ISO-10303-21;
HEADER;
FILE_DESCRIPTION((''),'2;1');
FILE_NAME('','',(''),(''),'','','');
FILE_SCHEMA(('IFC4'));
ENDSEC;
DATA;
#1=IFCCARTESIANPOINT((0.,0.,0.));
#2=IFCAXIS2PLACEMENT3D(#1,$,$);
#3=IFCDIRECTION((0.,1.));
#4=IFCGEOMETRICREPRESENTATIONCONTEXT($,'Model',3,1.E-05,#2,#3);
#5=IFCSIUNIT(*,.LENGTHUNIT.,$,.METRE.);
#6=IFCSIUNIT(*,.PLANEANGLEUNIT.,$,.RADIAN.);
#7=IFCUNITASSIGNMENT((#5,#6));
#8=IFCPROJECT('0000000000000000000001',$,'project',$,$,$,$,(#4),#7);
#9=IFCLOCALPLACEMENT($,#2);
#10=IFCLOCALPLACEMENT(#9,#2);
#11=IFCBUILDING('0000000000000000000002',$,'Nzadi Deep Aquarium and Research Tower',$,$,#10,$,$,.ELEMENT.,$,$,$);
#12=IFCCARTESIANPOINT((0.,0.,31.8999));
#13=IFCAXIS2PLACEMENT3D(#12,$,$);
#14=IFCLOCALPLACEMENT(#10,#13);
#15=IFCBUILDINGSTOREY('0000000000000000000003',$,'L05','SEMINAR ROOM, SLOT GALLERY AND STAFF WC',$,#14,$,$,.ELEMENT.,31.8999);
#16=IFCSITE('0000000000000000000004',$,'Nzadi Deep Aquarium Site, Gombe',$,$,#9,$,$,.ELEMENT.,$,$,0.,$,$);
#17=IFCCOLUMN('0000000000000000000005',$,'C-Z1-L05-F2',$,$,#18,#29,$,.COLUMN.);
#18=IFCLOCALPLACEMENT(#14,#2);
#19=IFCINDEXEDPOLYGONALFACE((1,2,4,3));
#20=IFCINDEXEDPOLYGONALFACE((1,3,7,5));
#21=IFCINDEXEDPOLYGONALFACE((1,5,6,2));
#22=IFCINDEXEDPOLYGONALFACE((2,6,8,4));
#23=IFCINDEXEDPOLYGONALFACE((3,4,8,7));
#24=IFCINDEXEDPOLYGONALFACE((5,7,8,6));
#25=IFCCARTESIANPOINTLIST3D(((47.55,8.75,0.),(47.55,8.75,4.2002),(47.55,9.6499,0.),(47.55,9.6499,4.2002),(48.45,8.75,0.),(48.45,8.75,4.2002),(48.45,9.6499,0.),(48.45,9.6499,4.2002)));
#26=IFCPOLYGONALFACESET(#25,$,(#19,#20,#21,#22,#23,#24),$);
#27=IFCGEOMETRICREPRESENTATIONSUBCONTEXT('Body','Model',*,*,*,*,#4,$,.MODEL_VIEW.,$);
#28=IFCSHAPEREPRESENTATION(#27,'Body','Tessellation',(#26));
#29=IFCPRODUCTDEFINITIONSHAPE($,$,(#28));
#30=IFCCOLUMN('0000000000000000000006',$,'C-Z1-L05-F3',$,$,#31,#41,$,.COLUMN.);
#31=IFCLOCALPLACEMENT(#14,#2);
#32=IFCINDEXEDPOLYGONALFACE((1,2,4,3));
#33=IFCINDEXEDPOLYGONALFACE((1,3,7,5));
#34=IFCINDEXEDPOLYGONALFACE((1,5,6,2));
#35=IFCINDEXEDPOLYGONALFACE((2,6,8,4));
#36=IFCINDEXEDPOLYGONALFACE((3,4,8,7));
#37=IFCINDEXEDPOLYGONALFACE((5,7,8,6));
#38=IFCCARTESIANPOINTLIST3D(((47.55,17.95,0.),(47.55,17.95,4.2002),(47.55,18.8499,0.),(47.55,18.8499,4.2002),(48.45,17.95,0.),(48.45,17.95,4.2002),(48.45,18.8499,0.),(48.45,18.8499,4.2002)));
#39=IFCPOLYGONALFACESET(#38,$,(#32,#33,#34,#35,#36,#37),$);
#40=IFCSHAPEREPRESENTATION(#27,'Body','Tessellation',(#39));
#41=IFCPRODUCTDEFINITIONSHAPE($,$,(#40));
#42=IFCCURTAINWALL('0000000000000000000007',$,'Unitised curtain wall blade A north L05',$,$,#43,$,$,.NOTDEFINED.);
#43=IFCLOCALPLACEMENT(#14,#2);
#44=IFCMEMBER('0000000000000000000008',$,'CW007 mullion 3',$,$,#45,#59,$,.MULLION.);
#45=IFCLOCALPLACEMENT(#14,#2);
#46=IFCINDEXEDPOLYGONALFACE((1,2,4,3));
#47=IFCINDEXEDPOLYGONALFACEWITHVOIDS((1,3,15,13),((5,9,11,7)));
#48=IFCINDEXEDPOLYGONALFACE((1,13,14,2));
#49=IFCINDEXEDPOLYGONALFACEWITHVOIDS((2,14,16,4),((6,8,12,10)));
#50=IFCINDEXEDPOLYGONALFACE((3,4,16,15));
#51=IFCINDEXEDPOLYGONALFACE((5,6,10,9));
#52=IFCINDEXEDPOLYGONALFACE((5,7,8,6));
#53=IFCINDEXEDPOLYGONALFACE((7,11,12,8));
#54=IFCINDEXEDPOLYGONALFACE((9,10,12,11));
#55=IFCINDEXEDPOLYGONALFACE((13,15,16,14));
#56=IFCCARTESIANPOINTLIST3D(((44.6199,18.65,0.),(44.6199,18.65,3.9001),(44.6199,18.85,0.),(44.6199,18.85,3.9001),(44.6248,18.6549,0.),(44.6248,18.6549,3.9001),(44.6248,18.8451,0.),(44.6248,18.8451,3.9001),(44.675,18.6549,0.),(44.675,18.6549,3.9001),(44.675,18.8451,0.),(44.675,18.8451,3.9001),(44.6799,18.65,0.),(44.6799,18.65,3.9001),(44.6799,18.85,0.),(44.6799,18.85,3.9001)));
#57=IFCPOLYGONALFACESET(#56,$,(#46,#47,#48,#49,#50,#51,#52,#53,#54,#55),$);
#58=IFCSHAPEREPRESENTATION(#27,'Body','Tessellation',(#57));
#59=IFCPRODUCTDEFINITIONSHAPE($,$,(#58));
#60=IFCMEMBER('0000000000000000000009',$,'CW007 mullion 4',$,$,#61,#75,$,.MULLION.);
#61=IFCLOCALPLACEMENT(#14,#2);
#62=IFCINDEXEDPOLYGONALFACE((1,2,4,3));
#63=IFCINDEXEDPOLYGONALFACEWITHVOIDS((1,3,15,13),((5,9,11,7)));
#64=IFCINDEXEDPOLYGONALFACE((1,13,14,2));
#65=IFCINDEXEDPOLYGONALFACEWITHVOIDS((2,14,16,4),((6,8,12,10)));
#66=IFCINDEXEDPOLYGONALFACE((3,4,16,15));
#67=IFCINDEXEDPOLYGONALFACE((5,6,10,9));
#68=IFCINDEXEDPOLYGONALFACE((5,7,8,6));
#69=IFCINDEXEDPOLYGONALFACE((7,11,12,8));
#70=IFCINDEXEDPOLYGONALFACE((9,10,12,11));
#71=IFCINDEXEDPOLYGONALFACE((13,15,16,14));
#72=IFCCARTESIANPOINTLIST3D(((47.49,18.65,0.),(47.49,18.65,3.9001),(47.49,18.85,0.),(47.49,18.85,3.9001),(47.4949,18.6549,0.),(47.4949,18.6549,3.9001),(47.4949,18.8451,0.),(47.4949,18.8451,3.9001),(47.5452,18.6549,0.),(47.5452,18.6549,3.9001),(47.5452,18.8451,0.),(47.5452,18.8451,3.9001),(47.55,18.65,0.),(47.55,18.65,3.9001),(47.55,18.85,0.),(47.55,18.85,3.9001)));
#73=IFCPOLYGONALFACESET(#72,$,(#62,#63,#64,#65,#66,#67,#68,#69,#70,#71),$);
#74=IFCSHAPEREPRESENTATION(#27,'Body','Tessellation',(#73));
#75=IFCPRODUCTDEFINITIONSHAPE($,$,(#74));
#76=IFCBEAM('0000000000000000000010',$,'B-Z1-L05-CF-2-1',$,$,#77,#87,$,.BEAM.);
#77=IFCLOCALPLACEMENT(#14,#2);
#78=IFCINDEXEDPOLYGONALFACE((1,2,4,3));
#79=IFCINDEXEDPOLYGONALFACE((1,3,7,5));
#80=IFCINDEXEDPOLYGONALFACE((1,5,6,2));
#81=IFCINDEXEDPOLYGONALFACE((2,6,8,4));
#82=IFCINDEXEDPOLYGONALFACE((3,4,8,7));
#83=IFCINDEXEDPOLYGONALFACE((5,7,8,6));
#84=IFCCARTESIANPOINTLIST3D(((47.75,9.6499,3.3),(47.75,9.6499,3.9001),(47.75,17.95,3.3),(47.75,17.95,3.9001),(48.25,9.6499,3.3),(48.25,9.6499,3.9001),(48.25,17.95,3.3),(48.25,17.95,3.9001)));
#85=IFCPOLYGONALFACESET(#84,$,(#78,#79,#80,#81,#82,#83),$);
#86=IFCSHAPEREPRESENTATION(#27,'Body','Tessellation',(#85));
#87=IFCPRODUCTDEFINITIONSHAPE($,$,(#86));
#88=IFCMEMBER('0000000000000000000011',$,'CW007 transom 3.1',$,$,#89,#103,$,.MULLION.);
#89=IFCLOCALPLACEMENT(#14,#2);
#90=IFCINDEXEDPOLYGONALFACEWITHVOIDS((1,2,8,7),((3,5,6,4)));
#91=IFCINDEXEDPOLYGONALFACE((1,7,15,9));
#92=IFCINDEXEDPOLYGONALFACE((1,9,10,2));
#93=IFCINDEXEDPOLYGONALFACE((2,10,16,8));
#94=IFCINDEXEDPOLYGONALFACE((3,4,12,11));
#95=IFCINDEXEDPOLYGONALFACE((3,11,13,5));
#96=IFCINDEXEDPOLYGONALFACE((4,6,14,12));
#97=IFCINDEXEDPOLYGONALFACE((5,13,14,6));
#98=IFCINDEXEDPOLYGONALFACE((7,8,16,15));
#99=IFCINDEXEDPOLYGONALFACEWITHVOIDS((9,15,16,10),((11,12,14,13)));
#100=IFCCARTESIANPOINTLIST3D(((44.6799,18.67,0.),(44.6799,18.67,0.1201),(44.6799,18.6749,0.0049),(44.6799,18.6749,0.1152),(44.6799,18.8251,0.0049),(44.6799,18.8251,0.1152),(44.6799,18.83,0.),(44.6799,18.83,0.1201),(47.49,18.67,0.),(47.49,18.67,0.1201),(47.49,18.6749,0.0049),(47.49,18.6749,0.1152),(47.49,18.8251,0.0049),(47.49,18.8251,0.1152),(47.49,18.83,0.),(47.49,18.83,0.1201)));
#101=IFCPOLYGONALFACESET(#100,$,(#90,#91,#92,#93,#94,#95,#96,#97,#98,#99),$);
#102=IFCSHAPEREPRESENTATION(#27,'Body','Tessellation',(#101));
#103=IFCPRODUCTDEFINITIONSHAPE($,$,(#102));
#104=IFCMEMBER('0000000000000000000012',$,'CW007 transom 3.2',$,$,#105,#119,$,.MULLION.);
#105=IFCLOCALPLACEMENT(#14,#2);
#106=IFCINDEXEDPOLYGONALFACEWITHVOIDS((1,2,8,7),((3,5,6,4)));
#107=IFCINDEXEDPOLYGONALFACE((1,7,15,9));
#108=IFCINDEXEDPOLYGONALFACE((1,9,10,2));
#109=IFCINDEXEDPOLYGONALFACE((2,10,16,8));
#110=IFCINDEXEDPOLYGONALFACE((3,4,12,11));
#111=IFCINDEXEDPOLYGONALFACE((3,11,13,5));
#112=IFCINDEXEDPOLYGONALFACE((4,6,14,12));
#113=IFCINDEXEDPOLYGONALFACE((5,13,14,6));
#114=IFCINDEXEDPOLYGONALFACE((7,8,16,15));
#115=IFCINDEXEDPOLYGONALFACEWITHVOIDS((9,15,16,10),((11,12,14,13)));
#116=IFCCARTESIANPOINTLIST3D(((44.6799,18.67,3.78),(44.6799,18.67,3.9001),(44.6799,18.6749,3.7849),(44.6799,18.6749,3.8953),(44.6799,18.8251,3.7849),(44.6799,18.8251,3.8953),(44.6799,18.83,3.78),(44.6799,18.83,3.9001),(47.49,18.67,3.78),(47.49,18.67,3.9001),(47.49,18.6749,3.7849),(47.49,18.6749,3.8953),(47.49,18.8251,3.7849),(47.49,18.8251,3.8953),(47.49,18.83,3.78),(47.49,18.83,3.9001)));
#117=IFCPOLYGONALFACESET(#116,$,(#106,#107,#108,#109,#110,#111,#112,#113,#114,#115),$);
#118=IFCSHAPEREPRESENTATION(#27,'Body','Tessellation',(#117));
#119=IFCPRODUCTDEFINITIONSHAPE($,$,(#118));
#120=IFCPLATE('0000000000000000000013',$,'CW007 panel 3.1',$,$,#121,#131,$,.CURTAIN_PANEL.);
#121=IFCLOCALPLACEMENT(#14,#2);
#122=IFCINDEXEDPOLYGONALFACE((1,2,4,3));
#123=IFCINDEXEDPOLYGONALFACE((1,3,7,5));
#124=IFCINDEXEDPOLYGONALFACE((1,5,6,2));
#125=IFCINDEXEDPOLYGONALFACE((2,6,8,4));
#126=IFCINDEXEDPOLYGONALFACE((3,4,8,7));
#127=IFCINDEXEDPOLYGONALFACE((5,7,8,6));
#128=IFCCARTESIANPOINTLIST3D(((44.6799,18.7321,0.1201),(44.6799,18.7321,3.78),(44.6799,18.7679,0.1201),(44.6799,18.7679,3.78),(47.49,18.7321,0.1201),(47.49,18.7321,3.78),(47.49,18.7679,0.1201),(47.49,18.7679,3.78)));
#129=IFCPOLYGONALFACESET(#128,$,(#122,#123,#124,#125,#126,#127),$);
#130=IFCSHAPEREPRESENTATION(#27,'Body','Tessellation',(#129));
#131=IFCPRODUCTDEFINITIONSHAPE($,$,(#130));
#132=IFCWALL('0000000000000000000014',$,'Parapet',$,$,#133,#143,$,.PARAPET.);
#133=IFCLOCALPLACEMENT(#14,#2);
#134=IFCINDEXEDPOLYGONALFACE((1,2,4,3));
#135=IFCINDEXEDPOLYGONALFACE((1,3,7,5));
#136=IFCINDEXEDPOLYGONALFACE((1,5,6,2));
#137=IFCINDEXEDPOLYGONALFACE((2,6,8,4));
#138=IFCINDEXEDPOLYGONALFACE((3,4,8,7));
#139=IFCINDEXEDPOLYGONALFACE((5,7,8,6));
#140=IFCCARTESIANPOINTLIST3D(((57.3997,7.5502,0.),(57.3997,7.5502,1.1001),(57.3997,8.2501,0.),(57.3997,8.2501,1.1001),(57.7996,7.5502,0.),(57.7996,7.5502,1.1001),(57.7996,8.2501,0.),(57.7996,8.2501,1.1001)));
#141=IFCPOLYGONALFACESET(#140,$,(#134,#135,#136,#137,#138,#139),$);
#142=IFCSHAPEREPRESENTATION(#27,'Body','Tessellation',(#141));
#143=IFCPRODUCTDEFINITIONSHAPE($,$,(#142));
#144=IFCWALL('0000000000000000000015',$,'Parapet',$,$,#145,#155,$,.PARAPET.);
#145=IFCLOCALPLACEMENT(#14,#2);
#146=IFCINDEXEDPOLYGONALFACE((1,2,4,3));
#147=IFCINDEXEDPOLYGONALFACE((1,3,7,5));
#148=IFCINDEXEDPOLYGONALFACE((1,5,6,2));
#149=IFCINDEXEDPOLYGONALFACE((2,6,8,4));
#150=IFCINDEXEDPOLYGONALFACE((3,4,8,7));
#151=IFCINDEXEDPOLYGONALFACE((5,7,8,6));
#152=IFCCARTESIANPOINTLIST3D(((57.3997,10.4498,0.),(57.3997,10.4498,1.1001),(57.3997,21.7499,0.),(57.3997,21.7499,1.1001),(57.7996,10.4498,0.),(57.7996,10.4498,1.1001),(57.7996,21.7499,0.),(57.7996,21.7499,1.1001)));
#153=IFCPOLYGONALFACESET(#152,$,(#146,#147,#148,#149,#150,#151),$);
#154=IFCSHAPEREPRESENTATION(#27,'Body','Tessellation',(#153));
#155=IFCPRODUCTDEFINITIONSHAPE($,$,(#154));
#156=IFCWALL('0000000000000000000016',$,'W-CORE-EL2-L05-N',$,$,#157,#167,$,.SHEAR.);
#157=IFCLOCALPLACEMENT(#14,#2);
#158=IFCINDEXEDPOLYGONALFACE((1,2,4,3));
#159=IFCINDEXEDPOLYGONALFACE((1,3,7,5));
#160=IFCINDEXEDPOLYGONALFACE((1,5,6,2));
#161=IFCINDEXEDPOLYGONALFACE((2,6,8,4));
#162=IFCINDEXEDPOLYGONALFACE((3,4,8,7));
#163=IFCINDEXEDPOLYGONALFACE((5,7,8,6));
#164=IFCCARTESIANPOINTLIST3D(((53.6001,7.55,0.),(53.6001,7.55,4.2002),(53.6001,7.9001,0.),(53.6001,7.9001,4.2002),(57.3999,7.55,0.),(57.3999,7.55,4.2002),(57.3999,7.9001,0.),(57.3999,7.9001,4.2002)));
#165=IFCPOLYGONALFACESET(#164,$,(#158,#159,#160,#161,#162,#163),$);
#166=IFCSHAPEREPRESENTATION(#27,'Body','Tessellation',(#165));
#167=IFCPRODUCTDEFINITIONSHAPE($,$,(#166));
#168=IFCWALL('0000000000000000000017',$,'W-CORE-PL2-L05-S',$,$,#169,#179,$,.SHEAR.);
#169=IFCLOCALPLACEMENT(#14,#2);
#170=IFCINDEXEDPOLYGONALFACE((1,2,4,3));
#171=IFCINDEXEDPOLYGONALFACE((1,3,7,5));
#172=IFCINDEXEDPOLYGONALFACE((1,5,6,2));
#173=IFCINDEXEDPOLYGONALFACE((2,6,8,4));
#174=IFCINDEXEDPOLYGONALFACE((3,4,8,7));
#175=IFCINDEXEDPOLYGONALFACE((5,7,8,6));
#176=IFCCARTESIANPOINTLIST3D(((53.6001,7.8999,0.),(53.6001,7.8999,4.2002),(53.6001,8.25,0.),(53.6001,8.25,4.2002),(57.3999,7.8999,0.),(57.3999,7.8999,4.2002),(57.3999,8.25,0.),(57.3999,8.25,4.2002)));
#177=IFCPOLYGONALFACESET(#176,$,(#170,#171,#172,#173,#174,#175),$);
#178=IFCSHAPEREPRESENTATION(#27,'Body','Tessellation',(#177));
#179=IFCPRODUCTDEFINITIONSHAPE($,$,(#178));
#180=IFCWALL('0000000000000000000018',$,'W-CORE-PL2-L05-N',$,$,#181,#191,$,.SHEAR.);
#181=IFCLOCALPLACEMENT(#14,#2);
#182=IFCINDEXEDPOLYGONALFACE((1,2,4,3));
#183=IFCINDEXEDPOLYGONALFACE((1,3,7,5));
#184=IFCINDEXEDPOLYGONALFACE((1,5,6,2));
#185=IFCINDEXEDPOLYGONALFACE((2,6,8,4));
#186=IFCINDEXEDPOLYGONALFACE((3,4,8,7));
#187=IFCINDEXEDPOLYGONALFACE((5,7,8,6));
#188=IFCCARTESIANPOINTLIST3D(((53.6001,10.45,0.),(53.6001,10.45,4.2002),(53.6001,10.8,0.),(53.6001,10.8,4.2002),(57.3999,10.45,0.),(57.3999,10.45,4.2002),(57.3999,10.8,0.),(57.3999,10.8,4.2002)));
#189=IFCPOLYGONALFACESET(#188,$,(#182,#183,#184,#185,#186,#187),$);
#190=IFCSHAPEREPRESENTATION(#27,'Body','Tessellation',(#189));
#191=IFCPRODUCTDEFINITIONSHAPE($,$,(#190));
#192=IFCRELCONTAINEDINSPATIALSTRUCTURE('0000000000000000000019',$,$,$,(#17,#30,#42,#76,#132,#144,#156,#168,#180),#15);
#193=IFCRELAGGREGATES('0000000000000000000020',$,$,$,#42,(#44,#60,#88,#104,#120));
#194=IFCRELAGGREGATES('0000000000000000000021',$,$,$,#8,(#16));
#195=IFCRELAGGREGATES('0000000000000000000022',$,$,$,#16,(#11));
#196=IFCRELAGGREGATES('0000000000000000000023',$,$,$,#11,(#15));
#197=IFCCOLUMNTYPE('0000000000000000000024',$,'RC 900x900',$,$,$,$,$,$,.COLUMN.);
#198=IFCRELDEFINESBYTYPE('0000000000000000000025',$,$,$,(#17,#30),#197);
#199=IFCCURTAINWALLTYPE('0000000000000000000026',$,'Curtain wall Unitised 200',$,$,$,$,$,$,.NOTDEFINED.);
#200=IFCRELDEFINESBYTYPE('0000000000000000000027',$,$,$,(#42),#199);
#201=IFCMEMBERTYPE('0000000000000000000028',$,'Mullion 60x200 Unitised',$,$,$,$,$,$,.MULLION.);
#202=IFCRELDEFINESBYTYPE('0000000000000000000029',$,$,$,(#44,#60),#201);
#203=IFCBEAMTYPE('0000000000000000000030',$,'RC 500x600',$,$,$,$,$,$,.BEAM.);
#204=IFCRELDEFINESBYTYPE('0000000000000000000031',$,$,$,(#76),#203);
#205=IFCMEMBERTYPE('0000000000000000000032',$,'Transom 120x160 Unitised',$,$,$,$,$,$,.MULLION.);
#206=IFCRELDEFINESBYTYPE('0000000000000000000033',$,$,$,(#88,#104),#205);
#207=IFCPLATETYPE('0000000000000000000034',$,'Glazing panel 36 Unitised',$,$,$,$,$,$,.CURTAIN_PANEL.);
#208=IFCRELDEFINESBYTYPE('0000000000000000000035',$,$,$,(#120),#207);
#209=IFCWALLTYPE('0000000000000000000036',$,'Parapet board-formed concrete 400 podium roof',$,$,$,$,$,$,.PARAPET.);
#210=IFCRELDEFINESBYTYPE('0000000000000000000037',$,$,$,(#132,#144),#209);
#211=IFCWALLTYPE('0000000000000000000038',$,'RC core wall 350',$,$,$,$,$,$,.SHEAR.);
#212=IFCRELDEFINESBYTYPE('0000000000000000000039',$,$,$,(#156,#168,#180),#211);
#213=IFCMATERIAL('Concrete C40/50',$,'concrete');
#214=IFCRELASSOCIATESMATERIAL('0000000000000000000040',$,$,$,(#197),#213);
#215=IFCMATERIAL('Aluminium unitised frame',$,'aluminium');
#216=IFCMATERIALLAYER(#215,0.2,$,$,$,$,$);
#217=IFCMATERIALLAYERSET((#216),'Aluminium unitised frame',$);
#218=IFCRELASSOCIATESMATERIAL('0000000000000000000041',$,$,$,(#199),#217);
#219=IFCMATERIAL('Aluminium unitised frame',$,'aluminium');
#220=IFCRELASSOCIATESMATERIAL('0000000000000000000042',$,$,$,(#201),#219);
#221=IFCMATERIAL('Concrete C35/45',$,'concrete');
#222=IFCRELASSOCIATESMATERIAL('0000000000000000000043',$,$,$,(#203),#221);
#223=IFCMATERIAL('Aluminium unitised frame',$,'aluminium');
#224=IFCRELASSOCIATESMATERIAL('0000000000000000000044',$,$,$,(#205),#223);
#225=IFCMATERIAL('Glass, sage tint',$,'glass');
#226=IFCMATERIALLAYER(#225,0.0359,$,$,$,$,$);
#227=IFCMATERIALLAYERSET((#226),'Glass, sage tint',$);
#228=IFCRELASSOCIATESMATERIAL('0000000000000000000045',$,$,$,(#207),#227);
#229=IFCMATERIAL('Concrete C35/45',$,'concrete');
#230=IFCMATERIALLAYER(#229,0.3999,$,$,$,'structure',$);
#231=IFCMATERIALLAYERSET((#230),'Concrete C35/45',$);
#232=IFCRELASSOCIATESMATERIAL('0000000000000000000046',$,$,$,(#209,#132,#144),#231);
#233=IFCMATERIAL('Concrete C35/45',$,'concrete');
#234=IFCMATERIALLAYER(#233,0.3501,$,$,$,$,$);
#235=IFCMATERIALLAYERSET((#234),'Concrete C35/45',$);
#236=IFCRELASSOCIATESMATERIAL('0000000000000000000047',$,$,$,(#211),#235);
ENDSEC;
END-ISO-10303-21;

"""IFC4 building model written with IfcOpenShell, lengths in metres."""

from ifc_helpers import new_model, si_unit, direction, frame, frame_2d, origin, origin_2d, place, context, subcontext, project, spatial, rectangle, hollow_rectangle, extrude, material, layer, layer_set, layer_usage, material_profile, profile_set, type_object, element, aggregate, save


model = new_model("IFC4")

# Units and contexts
model_context = context("Model", 3, precision=1e-05, world=origin(), true_north=direction((0.0, 1.0)))
body_context = subcontext(model_context, "Body", "Model", "MODEL_VIEW")
ifc_project = project(units=[si_unit("LENGTHUNIT", "METRE"), si_unit("PLANEANGLEUNIT", "RADIAN")], contexts=[model_context])

# Site, building, storey
site_placement = place(None, origin())
site = spatial("IfcSite", under=ifc_project, at=site_placement, Name="Nzadi Deep Aquarium Site, Gombe", CompositionType="ELEMENT", RefElevation=0.0)
building_placement = place(site_placement, origin())
building = spatial("IfcBuilding", under=site, at=building_placement, Name="Nzadi Deep Aquarium and Research Tower", CompositionType="ELEMENT")
storey_placement = place(building_placement, frame((0.0, 0.0, 31.8999)))
storey = spatial("IfcBuildingStorey", under=building, at=storey_placement, Name="L05", Description="SEMINAR ROOM, SLOT GALLERY AND STAFF WC", CompositionType="ELEMENT", Elevation=31.8999)

# Columns
ifc_material_1 = material(Name="Concrete C40/50", Category="concrete")
ifc_material_profile_1 = material_profile(ifc_material_1, rectangle(XDim=0.8999, YDim=0.8999, at=origin_2d()))
ifc_profile_set_1 = profile_set([ifc_material_profile_1], Name="Concrete C40/50")
column_type = type_object("IfcColumnType", Name="RC 900x900", PredefinedType="COLUMN", material=ifc_profile_set_1)
for number, where, z_axis, x_axis, name in (
    (1, (48.0, 9.2, 0.0), (0.0, 0.0, 1.0), (1.0, 0.0, 0.0), "C-Z1-L05-F2"),
    (2, (48.0, 18.3999, 0.0), (0.0, 0.0, 1.0), (1.0, 0.0, 0.0), "C-Z1-L05-F3"),
):
    element("IfcColumn", number, at=place(storey_placement, frame(where, z_axis=z_axis, x_axis=x_axis)), inside=storey, type_object=column_type, Name=name, PredefinedType="COLUMN", context=body_context, shape_type="SweptSolid", body=[
        extrude(rectangle(XDim=0.8999, YDim=0.8999, at=origin_2d()), origin(), (0.0, 0.0, 1.0), 4.2002),
    ])

# Curtain wall, members
ifc_material_2 = material(Name="Aluminium unitised frame", Category="aluminium")
ifc_layer_1 = layer(ifc_material_2, 0.2)
ifc_layer_set_1 = layer_set([ifc_layer_1], Name="Aluminium unitised frame")
curtain_wall_type = type_object("IfcCurtainWallType", Name="Curtain wall Unitised 200", PredefinedType="NOTDEFINED", material=ifc_layer_set_1)
curtain_wall_placement = place(storey_placement, origin())
curtain_wall = element("IfcCurtainWall", 3, at=curtain_wall_placement, inside=storey, type_object=curtain_wall_type, Name="Unitised curtain wall blade A north L05", PredefinedType="NOTDEFINED")
ifc_material_3 = material(Name="Aluminium unitised frame", Category="aluminium")
ifc_material_profile_2 = material_profile(ifc_material_3, hollow_rectangle(XDim=0.2, YDim=0.0601, WallThickness=0.0049, at=origin_2d()))
ifc_profile_set_2 = profile_set([ifc_material_profile_2], Name="Aluminium unitised frame")
member_type_1 = type_object("IfcMemberType", Name="Mullion 60x200 Unitised", PredefinedType="MULLION", material=ifc_profile_set_2)
member_1_placement = place(storey_placement, frame((44.6499, 18.75, 0.0), z_axis=(0.0, 0.0, 1.0), x_axis=(0.0, 1.0, 0.0)))
member_1 = element("IfcMember", 4, at=member_1_placement, type_object=member_type_1, Name="CW007 mullion 3", PredefinedType="MULLION", context=body_context, shape_type="SweptSolid", body=[
    extrude(hollow_rectangle(XDim=0.2, YDim=0.0601, WallThickness=0.0049, at=origin_2d()), origin(), (0.0, 0.0, 1.0), 3.9001),
])
member_2_placement = place(storey_placement, frame((47.52, 18.75, 0.0), z_axis=(0.0, 0.0, 1.0), x_axis=(0.0, 1.0, 0.0)))
member_2 = element("IfcMember", 5, at=member_2_placement, type_object=member_type_1, Name="CW007 mullion 4", PredefinedType="MULLION", context=body_context, shape_type="SweptSolid", body=[
    extrude(hollow_rectangle(XDim=0.2, YDim=0.0601, WallThickness=0.0049, at=origin_2d()), origin(), (0.0, 0.0, 1.0), 3.9001),
])

# Beam
ifc_material_4 = material(Name="Concrete C35/45", Category="concrete")
ifc_material_profile_3 = material_profile(ifc_material_4, rectangle(XDim=0.5, YDim=0.6001, at=origin_2d()))
ifc_profile_set_3 = profile_set([ifc_material_profile_3], Name="Concrete C35/45")
beam_type = type_object("IfcBeamType", Name="RC 500x600", PredefinedType="BEAM", material=ifc_profile_set_3)
beam_placement = place(storey_placement, frame((48.0, 9.6499, 3.6001), z_axis=(0.0, 1.0, 0.0), x_axis=(-1.0, 0.0, 0.0)))
element("IfcBeam", 6, at=beam_placement, inside=storey, type_object=beam_type, Name="B-Z1-L05-CF-2-1", PredefinedType="BEAM", context=body_context, shape_type="SweptSolid", body=[
    extrude(rectangle(XDim=0.5, YDim=0.6001, at=origin_2d()), origin(), (0.0, 0.0, 1.0), 8.3),
])

# Members
ifc_material_5 = material(Name="Aluminium unitised frame", Category="aluminium")
ifc_material_profile_4 = material_profile(ifc_material_5, hollow_rectangle(XDim=0.1599, YDim=0.1201, WallThickness=0.0049, at=origin_2d()))
ifc_profile_set_4 = profile_set([ifc_material_profile_4], Name="Aluminium unitised frame")
member_type_2 = type_object("IfcMemberType", Name="Transom 120x160 Unitised", PredefinedType="MULLION", material=ifc_profile_set_4)
member_3_placement = place(storey_placement, frame((44.6799, 18.75, 0.0601), z_axis=(1.0, 0.0, 0.0), x_axis=(0.0, 1.0, 0.0)))
member_3 = element("IfcMember", 7, at=member_3_placement, type_object=member_type_2, Name="CW007 transom 3.1", PredefinedType="MULLION", context=body_context, shape_type="SweptSolid", body=[
    extrude(hollow_rectangle(XDim=0.1599, YDim=0.1201, WallThickness=0.0049, at=origin_2d()), origin(), (0.0, 0.0, 1.0), 2.8101),
])
member_4_placement = place(storey_placement, frame((44.6799, 18.75, 3.8401), z_axis=(1.0, 0.0, 0.0), x_axis=(0.0, 1.0, 0.0)))
member_4 = element("IfcMember", 8, at=member_4_placement, type_object=member_type_2, Name="CW007 transom 3.2", PredefinedType="MULLION", context=body_context, shape_type="SweptSolid", body=[
    extrude(hollow_rectangle(XDim=0.1599, YDim=0.1201, WallThickness=0.0049, at=origin_2d()), origin(), (0.0, 0.0, 1.0), 2.8101),
])

# Plate
ifc_material_6 = material(Name="Glass, sage tint", Category="glass")
ifc_layer_2 = layer(ifc_material_6, 0.0359)
ifc_layer_set_2 = layer_set([ifc_layer_2], Name="Glass, sage tint")
plate_type = type_object("IfcPlateType", Name="Glazing panel 36 Unitised", PredefinedType="CURTAIN_PANEL", material=ifc_layer_set_2)
plate_placement = place(storey_placement, frame((46.085, 18.75, 0.1201), z_axis=(0.0, 0.0, 1.0), x_axis=(1.0, 0.0, 0.0)))
plate = element("IfcPlate", 9, at=plate_placement, type_object=plate_type, Name="CW007 panel 3.1", PredefinedType="CURTAIN_PANEL", context=body_context, shape_type="SweptSolid", body=[
    extrude(rectangle(XDim=2.8101, YDim=0.0359, at=origin_2d()), origin(), (0.0, 0.0, 1.0), 3.6599),
])
aggregate(curtain_wall, [member_1, member_2, member_3, member_4, plate])

# Shared definitions
ifc_material_7 = material(Name="Concrete C35/45", Category="concrete")

# Walls
ifc_layer_3 = layer(ifc_material_7, 0.3999, Category="structure")
ifc_layer_set_3 = layer_set([ifc_layer_3], Name="Concrete C35/45")
ifc_layer_usage_1 = layer_usage(ifc_layer_set_3, "AXIS2", "POSITIVE", -0.2)
wall_type_1 = type_object("IfcWallType", Name="Parapet board-formed concrete 400 podium roof", PredefinedType="PARAPET", material=ifc_layer_set_3)
wall_1_placement = place(storey_placement, frame((57.5996, 7.55, 0.0), z_axis=(0.0, 0.0, 1.0), x_axis=(0.0, 1.0, 0.0)))
element("IfcWall", 10, at=wall_1_placement, inside=storey, type_object=wall_type_1, material=ifc_layer_usage_1, Name="Parapet", PredefinedType="PARAPET", context=body_context, shape_type="SweptSolid", body=[
    extrude(rectangle(XDim=0.7, YDim=0.3999, at=frame_2d((0.3501, 0.0))), origin(), (0.0, 0.0, 1.0), 1.1001),
])
ifc_layer_usage_2 = layer_usage(ifc_layer_set_3, "AXIS2", "POSITIVE", -0.2)
wall_2_placement = place(storey_placement, frame((57.5996, 10.45, 0.0), z_axis=(0.0, 0.0, 1.0), x_axis=(0.0, 1.0, 0.0)))
element("IfcWall", 11, at=wall_2_placement, inside=storey, type_object=wall_type_1, material=ifc_layer_usage_2, Name="Parapet", PredefinedType="PARAPET", context=body_context, shape_type="SweptSolid", body=[
    extrude(rectangle(XDim=11.3, YDim=0.3999, at=frame_2d((5.6499, 0.0))), origin(), (0.0, 0.0, 1.0), 1.1001),
])
ifc_material_8 = material(Name="Concrete C35/45", Category="concrete")
ifc_layer_4 = layer(ifc_material_8, 0.3501)
ifc_layer_set_4 = layer_set([ifc_layer_4], Name="Concrete C35/45")
wall_type_2 = type_object("IfcWallType", Name="RC core wall 350", PredefinedType="SHEAR", material=ifc_layer_set_4)
for number, where, z_axis, x_axis, name in (
    (12, (53.6001, 7.7251, 0.0), (0.0, 0.0, 1.0), (1.0, 0.0, 0.0), "W-CORE-EL2-L05-N"),
    (13, (53.6001, 8.075, 0.0), (0.0, 0.0, 1.0), (1.0, 0.0, 0.0), "W-CORE-PL2-L05-S"),
    (14, (53.6001, 10.625, 0.0), (0.0, 0.0, 1.0), (1.0, 0.0, 0.0), "W-CORE-PL2-L05-N"),
):
    element("IfcWall", number, at=place(storey_placement, frame(where, z_axis=z_axis, x_axis=x_axis)), inside=storey, type_object=wall_type_2, Name=name, PredefinedType="SHEAR", context=body_context, shape_type="SweptSolid", body=[
        extrude(rectangle(XDim=3.7998, YDim=0.3501, at=frame_2d((1.8999, 0.0))), origin(), (0.0, 0.0, 1.0), 4.2002),
    ])

save(model, "model.ifc")
